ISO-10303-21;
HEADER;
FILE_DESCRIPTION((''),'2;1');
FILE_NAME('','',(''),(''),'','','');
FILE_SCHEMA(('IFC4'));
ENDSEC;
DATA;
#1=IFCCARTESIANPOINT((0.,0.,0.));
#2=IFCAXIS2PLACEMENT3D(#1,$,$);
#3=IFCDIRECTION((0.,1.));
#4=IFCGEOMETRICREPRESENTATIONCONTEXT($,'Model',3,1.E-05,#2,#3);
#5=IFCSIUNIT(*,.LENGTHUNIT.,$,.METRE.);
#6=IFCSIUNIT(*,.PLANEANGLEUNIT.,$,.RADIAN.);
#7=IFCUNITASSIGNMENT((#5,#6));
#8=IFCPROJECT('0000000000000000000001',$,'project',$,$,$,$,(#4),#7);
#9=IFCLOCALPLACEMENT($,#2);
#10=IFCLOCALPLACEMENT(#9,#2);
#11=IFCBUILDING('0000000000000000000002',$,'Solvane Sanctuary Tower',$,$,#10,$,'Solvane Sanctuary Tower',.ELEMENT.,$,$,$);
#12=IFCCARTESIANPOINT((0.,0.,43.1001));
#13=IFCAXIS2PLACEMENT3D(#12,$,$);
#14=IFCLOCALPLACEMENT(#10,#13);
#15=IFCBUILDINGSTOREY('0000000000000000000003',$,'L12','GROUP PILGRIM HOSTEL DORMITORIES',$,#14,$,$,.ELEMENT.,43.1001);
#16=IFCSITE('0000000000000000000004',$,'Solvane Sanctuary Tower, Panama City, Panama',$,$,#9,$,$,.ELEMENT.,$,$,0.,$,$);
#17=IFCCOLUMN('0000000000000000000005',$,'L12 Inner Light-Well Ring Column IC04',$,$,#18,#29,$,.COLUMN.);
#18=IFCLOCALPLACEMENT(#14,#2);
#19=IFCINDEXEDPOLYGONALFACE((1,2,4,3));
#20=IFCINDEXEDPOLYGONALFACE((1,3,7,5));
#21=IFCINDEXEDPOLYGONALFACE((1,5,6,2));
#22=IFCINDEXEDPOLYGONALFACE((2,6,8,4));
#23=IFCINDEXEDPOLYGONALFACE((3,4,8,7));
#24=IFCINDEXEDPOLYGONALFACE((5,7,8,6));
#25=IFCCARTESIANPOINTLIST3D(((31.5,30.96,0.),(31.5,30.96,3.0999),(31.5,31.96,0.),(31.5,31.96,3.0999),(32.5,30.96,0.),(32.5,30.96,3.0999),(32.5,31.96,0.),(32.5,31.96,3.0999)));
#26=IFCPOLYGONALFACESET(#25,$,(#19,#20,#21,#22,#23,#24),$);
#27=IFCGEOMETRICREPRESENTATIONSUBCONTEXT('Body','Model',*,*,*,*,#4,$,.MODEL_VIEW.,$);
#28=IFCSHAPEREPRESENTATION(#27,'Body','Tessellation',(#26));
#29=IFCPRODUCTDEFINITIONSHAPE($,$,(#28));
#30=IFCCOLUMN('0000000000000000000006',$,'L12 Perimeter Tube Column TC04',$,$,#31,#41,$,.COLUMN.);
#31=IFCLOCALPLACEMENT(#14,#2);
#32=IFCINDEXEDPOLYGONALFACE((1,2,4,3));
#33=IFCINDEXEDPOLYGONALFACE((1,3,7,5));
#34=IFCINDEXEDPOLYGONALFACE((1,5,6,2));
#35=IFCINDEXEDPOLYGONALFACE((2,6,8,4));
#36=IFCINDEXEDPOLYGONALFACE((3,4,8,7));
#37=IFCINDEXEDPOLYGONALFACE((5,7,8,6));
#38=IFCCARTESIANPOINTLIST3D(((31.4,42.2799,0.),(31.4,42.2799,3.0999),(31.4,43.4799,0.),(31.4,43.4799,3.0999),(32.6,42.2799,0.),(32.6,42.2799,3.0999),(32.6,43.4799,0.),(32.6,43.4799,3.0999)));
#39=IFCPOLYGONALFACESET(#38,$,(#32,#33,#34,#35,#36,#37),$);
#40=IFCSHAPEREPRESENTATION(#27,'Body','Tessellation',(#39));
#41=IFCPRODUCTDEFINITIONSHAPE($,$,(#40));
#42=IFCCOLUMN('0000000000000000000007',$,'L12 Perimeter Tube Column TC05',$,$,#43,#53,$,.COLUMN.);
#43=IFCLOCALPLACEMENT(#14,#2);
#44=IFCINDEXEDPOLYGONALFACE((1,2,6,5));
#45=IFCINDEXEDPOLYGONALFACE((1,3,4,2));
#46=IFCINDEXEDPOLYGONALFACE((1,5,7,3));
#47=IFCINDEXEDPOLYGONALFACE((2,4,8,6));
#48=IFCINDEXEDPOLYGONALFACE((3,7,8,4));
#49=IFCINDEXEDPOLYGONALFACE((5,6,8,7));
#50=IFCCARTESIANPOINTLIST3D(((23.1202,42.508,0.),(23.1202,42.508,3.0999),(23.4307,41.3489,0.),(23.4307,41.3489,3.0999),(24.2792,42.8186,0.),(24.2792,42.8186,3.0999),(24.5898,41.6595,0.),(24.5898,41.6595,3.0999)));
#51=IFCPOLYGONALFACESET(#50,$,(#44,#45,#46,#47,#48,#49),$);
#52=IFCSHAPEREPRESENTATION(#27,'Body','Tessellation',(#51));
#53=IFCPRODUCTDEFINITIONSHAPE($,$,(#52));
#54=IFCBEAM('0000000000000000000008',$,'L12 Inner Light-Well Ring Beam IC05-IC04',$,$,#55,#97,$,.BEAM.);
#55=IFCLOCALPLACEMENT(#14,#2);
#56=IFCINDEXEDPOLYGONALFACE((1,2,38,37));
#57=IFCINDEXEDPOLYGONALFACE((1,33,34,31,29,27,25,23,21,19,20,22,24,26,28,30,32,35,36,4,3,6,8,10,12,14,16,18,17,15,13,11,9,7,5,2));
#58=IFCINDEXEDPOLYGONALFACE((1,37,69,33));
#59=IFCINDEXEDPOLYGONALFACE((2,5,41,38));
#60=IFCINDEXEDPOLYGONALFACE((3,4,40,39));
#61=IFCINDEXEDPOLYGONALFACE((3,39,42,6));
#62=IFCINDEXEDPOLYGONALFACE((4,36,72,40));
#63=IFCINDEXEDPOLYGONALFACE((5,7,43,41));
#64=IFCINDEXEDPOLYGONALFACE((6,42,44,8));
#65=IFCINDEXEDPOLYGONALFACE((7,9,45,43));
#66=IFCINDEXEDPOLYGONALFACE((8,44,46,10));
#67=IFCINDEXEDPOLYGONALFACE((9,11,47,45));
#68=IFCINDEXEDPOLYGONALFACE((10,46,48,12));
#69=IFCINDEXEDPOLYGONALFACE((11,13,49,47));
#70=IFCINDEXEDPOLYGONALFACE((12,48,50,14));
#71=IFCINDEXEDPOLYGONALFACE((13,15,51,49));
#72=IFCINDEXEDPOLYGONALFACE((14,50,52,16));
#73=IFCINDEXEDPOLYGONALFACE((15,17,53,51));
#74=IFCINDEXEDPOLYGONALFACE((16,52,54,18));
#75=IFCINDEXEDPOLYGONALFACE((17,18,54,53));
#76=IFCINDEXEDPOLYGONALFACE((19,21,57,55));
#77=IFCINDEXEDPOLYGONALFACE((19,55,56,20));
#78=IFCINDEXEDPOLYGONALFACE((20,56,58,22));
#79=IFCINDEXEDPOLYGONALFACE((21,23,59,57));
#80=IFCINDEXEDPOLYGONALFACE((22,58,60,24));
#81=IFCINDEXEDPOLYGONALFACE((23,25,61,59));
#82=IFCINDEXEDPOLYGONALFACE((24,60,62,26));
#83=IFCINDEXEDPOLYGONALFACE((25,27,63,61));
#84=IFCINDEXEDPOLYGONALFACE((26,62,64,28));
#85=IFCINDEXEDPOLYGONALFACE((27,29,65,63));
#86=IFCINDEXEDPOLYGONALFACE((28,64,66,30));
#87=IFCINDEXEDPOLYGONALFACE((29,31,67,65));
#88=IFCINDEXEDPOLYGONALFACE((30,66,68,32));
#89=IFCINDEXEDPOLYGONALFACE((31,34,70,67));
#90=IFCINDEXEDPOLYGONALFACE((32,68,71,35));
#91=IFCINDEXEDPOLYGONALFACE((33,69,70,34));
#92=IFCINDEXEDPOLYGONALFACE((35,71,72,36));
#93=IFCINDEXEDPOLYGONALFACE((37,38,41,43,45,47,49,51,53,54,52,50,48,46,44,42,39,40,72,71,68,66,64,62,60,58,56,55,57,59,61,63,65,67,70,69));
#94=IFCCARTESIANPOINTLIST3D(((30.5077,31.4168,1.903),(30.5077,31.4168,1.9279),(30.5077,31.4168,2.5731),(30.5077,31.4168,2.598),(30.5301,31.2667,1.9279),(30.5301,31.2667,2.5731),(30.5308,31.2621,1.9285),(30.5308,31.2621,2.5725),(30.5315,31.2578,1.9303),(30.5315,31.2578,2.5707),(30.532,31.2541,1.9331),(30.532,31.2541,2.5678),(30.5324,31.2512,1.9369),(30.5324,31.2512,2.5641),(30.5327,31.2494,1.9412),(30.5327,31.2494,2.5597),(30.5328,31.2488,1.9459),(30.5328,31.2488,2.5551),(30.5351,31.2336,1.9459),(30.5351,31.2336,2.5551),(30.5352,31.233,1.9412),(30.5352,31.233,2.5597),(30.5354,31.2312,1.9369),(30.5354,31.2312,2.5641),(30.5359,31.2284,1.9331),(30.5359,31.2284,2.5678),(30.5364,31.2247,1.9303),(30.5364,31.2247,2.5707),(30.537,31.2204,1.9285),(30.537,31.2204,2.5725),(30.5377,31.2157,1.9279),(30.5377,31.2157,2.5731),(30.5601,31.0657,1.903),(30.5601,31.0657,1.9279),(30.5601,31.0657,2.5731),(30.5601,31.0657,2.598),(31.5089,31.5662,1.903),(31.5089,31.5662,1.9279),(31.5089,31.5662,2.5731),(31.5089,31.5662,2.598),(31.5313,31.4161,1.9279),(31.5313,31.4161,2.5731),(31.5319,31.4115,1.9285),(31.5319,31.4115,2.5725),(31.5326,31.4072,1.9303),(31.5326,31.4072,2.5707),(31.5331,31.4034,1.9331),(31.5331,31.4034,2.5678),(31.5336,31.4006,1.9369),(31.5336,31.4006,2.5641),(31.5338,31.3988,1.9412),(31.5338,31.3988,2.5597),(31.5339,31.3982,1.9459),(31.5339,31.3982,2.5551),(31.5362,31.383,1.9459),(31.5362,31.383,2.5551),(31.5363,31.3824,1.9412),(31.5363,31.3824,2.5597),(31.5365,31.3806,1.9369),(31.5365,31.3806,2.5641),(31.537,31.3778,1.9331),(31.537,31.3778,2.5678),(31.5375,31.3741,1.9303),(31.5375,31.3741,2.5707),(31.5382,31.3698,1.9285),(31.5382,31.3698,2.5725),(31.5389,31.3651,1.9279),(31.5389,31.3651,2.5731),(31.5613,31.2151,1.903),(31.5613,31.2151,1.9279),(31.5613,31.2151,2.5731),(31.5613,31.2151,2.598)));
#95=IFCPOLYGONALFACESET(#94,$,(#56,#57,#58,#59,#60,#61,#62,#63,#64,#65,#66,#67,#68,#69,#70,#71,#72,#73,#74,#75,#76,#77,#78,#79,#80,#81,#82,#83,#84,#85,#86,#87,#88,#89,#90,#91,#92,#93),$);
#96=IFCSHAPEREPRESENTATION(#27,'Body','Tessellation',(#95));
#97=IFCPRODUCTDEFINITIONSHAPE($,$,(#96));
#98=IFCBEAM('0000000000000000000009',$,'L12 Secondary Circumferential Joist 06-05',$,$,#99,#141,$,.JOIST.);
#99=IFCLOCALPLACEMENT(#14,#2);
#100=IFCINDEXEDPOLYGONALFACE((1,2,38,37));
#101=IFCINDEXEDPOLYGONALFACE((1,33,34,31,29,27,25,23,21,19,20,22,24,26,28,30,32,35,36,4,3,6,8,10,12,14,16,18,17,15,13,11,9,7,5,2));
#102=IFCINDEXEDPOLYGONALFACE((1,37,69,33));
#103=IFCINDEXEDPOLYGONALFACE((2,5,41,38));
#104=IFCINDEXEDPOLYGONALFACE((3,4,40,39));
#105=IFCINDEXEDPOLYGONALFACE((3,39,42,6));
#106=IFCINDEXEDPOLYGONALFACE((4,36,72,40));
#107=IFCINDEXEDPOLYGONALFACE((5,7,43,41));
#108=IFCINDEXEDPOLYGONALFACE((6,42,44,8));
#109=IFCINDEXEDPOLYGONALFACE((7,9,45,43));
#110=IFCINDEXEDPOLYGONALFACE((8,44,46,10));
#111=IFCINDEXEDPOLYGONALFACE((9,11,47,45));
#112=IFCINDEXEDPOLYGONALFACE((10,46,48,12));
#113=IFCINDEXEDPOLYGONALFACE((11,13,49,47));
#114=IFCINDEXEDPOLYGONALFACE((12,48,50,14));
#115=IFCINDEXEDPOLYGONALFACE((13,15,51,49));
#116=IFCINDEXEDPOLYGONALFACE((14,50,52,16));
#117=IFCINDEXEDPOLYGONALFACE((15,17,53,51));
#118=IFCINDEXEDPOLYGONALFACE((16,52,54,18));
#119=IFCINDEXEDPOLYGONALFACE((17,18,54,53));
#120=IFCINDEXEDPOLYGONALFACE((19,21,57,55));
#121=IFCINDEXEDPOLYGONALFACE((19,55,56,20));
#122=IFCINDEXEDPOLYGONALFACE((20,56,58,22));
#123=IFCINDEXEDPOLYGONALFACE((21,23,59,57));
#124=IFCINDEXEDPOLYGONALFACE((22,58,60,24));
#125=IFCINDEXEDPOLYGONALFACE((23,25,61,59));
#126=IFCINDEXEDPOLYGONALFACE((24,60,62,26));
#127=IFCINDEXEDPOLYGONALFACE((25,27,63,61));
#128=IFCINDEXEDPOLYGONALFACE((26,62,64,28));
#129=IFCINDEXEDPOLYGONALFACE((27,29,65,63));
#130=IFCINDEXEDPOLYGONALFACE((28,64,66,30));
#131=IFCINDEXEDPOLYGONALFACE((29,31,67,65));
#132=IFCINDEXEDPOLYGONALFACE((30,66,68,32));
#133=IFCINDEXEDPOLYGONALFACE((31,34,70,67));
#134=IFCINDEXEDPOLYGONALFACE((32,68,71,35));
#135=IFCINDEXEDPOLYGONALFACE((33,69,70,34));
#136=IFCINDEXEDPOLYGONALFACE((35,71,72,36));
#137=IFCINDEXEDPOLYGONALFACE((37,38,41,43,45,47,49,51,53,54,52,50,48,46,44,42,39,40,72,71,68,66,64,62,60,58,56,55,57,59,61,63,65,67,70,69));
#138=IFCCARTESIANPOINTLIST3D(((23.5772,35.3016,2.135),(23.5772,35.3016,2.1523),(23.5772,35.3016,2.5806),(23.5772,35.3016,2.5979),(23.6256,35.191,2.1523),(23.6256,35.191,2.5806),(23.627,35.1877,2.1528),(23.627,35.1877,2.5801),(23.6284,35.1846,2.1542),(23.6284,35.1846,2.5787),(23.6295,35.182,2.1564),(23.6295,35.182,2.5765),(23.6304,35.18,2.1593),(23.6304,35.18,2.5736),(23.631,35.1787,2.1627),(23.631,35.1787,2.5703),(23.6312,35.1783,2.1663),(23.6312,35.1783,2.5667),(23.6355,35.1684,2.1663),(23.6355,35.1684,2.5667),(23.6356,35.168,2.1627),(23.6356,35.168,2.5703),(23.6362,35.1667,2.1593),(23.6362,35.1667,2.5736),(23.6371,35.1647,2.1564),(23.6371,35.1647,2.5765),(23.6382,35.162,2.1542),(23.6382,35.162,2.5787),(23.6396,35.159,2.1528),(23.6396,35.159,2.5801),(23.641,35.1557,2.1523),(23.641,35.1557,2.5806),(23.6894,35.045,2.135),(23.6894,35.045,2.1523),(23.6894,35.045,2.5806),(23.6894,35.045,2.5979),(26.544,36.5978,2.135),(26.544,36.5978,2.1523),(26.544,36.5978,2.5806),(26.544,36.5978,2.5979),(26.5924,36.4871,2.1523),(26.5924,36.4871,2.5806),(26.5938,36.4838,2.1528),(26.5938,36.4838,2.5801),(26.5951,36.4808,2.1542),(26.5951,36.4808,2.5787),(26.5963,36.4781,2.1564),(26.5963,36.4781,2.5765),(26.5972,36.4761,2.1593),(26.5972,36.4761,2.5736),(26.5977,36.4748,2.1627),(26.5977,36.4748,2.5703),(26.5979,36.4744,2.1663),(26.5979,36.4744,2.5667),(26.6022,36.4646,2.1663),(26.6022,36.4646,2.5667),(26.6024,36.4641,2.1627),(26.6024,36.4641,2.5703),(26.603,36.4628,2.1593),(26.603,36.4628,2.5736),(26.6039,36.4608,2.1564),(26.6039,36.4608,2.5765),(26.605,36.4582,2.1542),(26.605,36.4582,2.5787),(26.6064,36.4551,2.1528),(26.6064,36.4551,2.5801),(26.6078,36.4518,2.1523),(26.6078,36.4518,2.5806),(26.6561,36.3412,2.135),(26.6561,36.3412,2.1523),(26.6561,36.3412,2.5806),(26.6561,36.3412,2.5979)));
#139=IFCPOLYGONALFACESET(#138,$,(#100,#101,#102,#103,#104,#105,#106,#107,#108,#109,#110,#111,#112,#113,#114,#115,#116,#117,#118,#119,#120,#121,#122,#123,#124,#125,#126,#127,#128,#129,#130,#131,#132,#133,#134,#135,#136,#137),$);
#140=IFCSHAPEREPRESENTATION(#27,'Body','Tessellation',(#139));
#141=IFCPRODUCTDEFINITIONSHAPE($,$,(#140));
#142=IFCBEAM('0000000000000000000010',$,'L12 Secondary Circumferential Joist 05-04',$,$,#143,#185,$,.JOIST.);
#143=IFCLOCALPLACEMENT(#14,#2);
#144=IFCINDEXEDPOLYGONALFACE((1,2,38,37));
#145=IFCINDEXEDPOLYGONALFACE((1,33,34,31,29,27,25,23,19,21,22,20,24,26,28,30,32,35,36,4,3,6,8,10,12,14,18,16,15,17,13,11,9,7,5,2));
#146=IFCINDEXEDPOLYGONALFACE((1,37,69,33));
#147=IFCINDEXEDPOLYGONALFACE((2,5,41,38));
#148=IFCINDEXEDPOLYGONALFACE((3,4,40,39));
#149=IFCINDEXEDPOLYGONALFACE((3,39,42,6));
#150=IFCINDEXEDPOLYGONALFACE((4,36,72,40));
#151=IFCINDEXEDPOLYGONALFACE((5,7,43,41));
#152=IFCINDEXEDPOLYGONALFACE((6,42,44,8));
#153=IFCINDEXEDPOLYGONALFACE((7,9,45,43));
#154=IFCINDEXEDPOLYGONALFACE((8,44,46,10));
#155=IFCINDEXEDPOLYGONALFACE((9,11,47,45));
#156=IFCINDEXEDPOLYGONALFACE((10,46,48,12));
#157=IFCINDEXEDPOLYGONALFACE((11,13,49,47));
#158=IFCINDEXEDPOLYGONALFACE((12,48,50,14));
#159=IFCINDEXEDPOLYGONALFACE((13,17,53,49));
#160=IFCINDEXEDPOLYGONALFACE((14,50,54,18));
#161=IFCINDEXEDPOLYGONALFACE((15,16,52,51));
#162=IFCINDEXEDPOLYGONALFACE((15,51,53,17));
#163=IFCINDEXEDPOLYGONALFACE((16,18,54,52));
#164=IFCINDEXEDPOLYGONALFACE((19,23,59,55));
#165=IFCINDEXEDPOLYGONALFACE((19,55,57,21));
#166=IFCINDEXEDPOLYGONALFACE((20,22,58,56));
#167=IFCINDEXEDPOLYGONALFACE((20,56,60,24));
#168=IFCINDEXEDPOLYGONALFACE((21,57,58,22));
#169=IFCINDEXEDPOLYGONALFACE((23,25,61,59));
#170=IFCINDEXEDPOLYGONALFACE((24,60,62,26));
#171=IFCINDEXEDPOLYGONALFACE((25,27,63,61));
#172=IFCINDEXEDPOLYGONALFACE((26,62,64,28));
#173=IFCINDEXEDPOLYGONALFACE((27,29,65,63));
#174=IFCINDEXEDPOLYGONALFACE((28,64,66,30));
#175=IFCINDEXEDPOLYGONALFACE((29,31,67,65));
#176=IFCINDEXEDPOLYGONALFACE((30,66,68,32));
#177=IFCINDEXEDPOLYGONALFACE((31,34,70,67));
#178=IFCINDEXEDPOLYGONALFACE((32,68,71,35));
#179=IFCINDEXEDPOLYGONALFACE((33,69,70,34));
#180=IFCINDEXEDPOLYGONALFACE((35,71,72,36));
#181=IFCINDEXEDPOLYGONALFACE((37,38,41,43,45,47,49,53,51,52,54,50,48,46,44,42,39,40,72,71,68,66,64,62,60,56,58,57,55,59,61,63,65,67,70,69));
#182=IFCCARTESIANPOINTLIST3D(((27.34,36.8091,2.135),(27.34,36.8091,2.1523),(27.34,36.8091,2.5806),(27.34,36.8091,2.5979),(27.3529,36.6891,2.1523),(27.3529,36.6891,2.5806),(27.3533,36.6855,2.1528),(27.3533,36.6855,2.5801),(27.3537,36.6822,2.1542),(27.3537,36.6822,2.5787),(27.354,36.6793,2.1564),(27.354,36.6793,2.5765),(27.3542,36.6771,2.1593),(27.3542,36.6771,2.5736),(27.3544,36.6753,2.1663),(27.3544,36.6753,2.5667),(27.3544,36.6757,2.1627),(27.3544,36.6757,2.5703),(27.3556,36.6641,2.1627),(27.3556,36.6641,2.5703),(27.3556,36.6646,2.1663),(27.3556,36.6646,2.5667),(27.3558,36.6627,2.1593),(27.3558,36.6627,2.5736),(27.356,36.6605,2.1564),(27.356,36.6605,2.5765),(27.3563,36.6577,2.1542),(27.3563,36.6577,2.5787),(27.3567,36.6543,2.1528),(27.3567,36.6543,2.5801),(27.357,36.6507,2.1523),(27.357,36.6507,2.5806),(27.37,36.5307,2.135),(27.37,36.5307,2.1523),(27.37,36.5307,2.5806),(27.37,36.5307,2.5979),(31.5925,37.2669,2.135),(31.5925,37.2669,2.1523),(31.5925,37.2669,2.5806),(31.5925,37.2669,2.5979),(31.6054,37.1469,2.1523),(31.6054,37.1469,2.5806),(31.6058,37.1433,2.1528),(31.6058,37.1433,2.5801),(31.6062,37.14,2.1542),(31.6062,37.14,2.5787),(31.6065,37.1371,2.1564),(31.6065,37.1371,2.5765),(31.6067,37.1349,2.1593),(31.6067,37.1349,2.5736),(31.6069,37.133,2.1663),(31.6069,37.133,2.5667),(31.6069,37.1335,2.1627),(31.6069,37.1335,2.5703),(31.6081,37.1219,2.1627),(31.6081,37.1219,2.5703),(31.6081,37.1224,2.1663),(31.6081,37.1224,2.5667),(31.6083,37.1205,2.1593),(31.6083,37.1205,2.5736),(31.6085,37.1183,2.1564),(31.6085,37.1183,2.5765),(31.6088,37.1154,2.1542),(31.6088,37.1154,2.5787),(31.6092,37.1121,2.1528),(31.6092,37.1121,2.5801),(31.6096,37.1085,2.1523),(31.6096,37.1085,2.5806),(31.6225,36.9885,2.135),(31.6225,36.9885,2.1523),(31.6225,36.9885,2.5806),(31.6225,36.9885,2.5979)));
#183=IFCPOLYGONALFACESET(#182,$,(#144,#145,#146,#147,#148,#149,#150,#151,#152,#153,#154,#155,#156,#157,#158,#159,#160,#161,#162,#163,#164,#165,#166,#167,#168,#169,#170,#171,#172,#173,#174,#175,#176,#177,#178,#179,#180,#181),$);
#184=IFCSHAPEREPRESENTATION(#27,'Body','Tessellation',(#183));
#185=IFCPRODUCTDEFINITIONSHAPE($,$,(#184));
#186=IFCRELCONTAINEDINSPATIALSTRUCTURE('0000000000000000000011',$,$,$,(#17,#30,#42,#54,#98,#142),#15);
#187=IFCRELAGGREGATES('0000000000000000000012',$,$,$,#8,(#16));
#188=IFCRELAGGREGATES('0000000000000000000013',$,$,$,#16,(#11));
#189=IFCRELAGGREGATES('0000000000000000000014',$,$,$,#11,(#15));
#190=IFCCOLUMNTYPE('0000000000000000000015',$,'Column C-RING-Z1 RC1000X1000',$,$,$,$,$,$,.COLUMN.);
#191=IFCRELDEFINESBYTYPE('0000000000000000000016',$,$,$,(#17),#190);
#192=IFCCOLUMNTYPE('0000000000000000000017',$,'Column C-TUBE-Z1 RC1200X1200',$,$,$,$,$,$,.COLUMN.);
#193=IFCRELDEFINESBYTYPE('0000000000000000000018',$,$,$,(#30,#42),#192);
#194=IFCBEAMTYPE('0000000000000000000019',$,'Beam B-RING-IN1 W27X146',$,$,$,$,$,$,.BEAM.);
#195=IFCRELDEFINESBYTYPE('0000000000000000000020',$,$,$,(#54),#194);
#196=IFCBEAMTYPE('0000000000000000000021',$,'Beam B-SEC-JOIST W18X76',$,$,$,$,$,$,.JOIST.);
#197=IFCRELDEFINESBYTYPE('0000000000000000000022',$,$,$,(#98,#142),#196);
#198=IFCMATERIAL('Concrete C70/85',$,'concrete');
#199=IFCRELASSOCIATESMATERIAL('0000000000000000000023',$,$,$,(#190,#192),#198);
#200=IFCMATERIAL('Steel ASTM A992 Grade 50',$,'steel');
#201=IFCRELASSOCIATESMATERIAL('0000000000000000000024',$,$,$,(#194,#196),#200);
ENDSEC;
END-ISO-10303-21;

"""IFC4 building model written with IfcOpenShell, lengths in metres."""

from ifc_helpers import new_model, si_unit, direction, frame, origin, origin_2d, place, context, subcontext, project, spatial, rectangle, i_section, extrude, material, material_profile, profile_set, type_object, element, save


model = new_model("IFC4")

# Units and contexts
model_context = context("Model", 3, precision=1e-05, world=origin(), true_north=direction((0.0, 1.0)))
body_context = subcontext(model_context, "Body", "Model", "MODEL_VIEW")
ifc_project = project(units=[si_unit("LENGTHUNIT", "METRE"), si_unit("PLANEANGLEUNIT", "RADIAN")], contexts=[model_context])

# Site, building, storey
site_placement = place(None, origin())
site = spatial("IfcSite", under=ifc_project, at=site_placement, Name="Solvane Sanctuary Tower, Panama City, Panama", CompositionType="ELEMENT", RefElevation=0.0)
building_placement = place(site_placement, origin())
building = spatial("IfcBuilding", under=site, at=building_placement, Name="Solvane Sanctuary Tower", LongName="Solvane Sanctuary Tower", CompositionType="ELEMENT")
storey_placement = place(building_placement, frame((0.0, 0.0, 43.1001)))
storey = spatial("IfcBuildingStorey", under=building, at=storey_placement, Name="L12", Description="GROUP PILGRIM HOSTEL DORMITORIES", CompositionType="ELEMENT", Elevation=43.1001)

# Columns
ifc_material_1 = material(Name="Concrete C70/85", Category="concrete")
ifc_material_profile_1 = material_profile(ifc_material_1, rectangle(XDim=1.0, YDim=1.0, at=origin_2d()), Name="RC1000X1000")
ifc_profile_set_1 = profile_set([ifc_material_profile_1], Name="Concrete C70/85")
column_type_1 = type_object("IfcColumnType", Name="Column C-RING-Z1 RC1000X1000", PredefinedType="COLUMN", material=ifc_profile_set_1)
column_placement = place(storey_placement, frame((32.0, 31.46, 0.0), z_axis=(0.0, 0.0, 1.0), x_axis=(1.0, 0.0, 0.0)))
element("IfcColumn", 1, at=column_placement, inside=storey, type_object=column_type_1, Name="L12 Inner Light-Well Ring Column IC04", PredefinedType="COLUMN", context=body_context, shape_type="SweptSolid", body=[
    extrude(rectangle(XDim=1.0, YDim=1.0, at=origin_2d()), origin(), (0.0, 0.0, 1.0), 3.0999),
])
ifc_material_profile_2 = material_profile(ifc_material_1, rectangle(XDim=1.2, YDim=1.2, at=origin_2d()), Name="RC1200X1200")
ifc_profile_set_2 = profile_set([ifc_material_profile_2], Name="Concrete C70/85")
column_type_2 = type_object("IfcColumnType", Name="Column C-TUBE-Z1 RC1200X1200", PredefinedType="COLUMN", material=ifc_profile_set_2)
for number, where, z_axis, x_axis, name in (
    (2, (32.0, 42.8799, 0.0), (0.0, 0.0, 1.0), (0.0, 1.0, 0.0), "L12 Perimeter Tube Column TC04"),
    (3, (23.855, 42.0837, 0.0), (0.0, 0.0, 1.0), (-0.258819, 0.965926, 0.0), "L12 Perimeter Tube Column TC05"),
):
    element("IfcColumn", number, at=place(storey_placement, frame(where, z_axis=z_axis, x_axis=x_axis)), inside=storey, type_object=column_type_2, Name=name, PredefinedType="COLUMN", context=body_context, shape_type="SweptSolid", body=[
        extrude(rectangle(XDim=1.2, YDim=1.2, at=origin_2d()), origin(), (0.0, 0.0, 1.0), 3.0999),
    ])

# Beams
ifc_material_2 = material(Name="Steel ASTM A992 Grade 50", Category="steel")
ifc_material_profile_3 = material_profile(ifc_material_2, i_section(OverallWidth=0.355, OverallDepth=0.6951, WebThickness=0.0154, FlangeThickness=0.0249, FilletRadius=0.0181, at=origin_2d()), Name="W27X146")
ifc_profile_set_3 = profile_set([ifc_material_profile_3], Name="Steel ASTM A992 Grade 50")
beam_type_1 = type_object("IfcBeamType", Name="Beam B-RING-IN1 W27X146", PredefinedType="BEAM", material=ifc_profile_set_3)
beam_1_placement = place(storey_placement, frame((30.5339, 31.2412, 2.2505), z_axis=(0.989048, 0.147597, 0.0), x_axis=(-0.147597, 0.989048, 0.0)))
element("IfcBeam", 4, at=beam_1_placement, inside=storey, type_object=beam_type_1, Name="L12 Inner Light-Well Ring Beam IC05-IC04", PredefinedType="BEAM", context=body_context, shape_type="SweptSolid", body=[
    extrude(i_section(OverallWidth=0.355, OverallDepth=0.6951, WebThickness=0.0154, FlangeThickness=0.0249, FilletRadius=0.0181, at=origin_2d()), origin(), (0.0, 0.0, 1.0), 1.0122),
])
ifc_material_profile_4 = material_profile(ifc_material_2, i_section(OverallWidth=0.28, OverallDepth=0.4629, WebThickness=0.0107, FlangeThickness=0.0173, FilletRadius=0.0139, at=origin_2d()), Name="W18X76")
ifc_profile_set_4 = profile_set([ifc_material_profile_4], Name="Steel ASTM A992 Grade 50")
beam_type_2 = type_object("IfcBeamType", Name="Beam B-SEC-JOIST W18X76", PredefinedType="JOIST", material=ifc_profile_set_4)
beam_2_placement = place(storey_placement, frame((23.6333, 35.1733, 2.3665), z_axis=(0.916365, 0.400344, 0.0), x_axis=(-0.400344, 0.916365, 0.0)))
element("IfcBeam", 5, at=beam_2_placement, inside=storey, type_object=beam_type_2, Name="L12 Secondary Circumferential Joist 06-05", PredefinedType="JOIST", context=body_context, shape_type="SweptSolid", body=[
    extrude(i_section(OverallWidth=0.28, OverallDepth=0.4629, WebThickness=0.0107, FlangeThickness=0.0173, FilletRadius=0.0139, at=origin_2d()), origin(), (0.0, 0.0, 1.0), 3.2375),
])
beam_3_placement = place(storey_placement, frame((27.355, 36.6699, 2.3665), z_axis=(0.994256, 0.107029, 0.0), x_axis=(-0.107029, 0.994256, 0.0)))
element("IfcBeam", 6, at=beam_3_placement, inside=storey, type_object=beam_type_2, Name="L12 Secondary Circumferential Joist 05-04", PredefinedType="JOIST", context=body_context, shape_type="SweptSolid", body=[
    extrude(i_section(OverallWidth=0.28, OverallDepth=0.4629, WebThickness=0.0107, FlangeThickness=0.0173, FilletRadius=0.0139, at=origin_2d()), origin(), (0.0, 0.0, 1.0), 4.2771),
])

save(model, "model.ifc")
